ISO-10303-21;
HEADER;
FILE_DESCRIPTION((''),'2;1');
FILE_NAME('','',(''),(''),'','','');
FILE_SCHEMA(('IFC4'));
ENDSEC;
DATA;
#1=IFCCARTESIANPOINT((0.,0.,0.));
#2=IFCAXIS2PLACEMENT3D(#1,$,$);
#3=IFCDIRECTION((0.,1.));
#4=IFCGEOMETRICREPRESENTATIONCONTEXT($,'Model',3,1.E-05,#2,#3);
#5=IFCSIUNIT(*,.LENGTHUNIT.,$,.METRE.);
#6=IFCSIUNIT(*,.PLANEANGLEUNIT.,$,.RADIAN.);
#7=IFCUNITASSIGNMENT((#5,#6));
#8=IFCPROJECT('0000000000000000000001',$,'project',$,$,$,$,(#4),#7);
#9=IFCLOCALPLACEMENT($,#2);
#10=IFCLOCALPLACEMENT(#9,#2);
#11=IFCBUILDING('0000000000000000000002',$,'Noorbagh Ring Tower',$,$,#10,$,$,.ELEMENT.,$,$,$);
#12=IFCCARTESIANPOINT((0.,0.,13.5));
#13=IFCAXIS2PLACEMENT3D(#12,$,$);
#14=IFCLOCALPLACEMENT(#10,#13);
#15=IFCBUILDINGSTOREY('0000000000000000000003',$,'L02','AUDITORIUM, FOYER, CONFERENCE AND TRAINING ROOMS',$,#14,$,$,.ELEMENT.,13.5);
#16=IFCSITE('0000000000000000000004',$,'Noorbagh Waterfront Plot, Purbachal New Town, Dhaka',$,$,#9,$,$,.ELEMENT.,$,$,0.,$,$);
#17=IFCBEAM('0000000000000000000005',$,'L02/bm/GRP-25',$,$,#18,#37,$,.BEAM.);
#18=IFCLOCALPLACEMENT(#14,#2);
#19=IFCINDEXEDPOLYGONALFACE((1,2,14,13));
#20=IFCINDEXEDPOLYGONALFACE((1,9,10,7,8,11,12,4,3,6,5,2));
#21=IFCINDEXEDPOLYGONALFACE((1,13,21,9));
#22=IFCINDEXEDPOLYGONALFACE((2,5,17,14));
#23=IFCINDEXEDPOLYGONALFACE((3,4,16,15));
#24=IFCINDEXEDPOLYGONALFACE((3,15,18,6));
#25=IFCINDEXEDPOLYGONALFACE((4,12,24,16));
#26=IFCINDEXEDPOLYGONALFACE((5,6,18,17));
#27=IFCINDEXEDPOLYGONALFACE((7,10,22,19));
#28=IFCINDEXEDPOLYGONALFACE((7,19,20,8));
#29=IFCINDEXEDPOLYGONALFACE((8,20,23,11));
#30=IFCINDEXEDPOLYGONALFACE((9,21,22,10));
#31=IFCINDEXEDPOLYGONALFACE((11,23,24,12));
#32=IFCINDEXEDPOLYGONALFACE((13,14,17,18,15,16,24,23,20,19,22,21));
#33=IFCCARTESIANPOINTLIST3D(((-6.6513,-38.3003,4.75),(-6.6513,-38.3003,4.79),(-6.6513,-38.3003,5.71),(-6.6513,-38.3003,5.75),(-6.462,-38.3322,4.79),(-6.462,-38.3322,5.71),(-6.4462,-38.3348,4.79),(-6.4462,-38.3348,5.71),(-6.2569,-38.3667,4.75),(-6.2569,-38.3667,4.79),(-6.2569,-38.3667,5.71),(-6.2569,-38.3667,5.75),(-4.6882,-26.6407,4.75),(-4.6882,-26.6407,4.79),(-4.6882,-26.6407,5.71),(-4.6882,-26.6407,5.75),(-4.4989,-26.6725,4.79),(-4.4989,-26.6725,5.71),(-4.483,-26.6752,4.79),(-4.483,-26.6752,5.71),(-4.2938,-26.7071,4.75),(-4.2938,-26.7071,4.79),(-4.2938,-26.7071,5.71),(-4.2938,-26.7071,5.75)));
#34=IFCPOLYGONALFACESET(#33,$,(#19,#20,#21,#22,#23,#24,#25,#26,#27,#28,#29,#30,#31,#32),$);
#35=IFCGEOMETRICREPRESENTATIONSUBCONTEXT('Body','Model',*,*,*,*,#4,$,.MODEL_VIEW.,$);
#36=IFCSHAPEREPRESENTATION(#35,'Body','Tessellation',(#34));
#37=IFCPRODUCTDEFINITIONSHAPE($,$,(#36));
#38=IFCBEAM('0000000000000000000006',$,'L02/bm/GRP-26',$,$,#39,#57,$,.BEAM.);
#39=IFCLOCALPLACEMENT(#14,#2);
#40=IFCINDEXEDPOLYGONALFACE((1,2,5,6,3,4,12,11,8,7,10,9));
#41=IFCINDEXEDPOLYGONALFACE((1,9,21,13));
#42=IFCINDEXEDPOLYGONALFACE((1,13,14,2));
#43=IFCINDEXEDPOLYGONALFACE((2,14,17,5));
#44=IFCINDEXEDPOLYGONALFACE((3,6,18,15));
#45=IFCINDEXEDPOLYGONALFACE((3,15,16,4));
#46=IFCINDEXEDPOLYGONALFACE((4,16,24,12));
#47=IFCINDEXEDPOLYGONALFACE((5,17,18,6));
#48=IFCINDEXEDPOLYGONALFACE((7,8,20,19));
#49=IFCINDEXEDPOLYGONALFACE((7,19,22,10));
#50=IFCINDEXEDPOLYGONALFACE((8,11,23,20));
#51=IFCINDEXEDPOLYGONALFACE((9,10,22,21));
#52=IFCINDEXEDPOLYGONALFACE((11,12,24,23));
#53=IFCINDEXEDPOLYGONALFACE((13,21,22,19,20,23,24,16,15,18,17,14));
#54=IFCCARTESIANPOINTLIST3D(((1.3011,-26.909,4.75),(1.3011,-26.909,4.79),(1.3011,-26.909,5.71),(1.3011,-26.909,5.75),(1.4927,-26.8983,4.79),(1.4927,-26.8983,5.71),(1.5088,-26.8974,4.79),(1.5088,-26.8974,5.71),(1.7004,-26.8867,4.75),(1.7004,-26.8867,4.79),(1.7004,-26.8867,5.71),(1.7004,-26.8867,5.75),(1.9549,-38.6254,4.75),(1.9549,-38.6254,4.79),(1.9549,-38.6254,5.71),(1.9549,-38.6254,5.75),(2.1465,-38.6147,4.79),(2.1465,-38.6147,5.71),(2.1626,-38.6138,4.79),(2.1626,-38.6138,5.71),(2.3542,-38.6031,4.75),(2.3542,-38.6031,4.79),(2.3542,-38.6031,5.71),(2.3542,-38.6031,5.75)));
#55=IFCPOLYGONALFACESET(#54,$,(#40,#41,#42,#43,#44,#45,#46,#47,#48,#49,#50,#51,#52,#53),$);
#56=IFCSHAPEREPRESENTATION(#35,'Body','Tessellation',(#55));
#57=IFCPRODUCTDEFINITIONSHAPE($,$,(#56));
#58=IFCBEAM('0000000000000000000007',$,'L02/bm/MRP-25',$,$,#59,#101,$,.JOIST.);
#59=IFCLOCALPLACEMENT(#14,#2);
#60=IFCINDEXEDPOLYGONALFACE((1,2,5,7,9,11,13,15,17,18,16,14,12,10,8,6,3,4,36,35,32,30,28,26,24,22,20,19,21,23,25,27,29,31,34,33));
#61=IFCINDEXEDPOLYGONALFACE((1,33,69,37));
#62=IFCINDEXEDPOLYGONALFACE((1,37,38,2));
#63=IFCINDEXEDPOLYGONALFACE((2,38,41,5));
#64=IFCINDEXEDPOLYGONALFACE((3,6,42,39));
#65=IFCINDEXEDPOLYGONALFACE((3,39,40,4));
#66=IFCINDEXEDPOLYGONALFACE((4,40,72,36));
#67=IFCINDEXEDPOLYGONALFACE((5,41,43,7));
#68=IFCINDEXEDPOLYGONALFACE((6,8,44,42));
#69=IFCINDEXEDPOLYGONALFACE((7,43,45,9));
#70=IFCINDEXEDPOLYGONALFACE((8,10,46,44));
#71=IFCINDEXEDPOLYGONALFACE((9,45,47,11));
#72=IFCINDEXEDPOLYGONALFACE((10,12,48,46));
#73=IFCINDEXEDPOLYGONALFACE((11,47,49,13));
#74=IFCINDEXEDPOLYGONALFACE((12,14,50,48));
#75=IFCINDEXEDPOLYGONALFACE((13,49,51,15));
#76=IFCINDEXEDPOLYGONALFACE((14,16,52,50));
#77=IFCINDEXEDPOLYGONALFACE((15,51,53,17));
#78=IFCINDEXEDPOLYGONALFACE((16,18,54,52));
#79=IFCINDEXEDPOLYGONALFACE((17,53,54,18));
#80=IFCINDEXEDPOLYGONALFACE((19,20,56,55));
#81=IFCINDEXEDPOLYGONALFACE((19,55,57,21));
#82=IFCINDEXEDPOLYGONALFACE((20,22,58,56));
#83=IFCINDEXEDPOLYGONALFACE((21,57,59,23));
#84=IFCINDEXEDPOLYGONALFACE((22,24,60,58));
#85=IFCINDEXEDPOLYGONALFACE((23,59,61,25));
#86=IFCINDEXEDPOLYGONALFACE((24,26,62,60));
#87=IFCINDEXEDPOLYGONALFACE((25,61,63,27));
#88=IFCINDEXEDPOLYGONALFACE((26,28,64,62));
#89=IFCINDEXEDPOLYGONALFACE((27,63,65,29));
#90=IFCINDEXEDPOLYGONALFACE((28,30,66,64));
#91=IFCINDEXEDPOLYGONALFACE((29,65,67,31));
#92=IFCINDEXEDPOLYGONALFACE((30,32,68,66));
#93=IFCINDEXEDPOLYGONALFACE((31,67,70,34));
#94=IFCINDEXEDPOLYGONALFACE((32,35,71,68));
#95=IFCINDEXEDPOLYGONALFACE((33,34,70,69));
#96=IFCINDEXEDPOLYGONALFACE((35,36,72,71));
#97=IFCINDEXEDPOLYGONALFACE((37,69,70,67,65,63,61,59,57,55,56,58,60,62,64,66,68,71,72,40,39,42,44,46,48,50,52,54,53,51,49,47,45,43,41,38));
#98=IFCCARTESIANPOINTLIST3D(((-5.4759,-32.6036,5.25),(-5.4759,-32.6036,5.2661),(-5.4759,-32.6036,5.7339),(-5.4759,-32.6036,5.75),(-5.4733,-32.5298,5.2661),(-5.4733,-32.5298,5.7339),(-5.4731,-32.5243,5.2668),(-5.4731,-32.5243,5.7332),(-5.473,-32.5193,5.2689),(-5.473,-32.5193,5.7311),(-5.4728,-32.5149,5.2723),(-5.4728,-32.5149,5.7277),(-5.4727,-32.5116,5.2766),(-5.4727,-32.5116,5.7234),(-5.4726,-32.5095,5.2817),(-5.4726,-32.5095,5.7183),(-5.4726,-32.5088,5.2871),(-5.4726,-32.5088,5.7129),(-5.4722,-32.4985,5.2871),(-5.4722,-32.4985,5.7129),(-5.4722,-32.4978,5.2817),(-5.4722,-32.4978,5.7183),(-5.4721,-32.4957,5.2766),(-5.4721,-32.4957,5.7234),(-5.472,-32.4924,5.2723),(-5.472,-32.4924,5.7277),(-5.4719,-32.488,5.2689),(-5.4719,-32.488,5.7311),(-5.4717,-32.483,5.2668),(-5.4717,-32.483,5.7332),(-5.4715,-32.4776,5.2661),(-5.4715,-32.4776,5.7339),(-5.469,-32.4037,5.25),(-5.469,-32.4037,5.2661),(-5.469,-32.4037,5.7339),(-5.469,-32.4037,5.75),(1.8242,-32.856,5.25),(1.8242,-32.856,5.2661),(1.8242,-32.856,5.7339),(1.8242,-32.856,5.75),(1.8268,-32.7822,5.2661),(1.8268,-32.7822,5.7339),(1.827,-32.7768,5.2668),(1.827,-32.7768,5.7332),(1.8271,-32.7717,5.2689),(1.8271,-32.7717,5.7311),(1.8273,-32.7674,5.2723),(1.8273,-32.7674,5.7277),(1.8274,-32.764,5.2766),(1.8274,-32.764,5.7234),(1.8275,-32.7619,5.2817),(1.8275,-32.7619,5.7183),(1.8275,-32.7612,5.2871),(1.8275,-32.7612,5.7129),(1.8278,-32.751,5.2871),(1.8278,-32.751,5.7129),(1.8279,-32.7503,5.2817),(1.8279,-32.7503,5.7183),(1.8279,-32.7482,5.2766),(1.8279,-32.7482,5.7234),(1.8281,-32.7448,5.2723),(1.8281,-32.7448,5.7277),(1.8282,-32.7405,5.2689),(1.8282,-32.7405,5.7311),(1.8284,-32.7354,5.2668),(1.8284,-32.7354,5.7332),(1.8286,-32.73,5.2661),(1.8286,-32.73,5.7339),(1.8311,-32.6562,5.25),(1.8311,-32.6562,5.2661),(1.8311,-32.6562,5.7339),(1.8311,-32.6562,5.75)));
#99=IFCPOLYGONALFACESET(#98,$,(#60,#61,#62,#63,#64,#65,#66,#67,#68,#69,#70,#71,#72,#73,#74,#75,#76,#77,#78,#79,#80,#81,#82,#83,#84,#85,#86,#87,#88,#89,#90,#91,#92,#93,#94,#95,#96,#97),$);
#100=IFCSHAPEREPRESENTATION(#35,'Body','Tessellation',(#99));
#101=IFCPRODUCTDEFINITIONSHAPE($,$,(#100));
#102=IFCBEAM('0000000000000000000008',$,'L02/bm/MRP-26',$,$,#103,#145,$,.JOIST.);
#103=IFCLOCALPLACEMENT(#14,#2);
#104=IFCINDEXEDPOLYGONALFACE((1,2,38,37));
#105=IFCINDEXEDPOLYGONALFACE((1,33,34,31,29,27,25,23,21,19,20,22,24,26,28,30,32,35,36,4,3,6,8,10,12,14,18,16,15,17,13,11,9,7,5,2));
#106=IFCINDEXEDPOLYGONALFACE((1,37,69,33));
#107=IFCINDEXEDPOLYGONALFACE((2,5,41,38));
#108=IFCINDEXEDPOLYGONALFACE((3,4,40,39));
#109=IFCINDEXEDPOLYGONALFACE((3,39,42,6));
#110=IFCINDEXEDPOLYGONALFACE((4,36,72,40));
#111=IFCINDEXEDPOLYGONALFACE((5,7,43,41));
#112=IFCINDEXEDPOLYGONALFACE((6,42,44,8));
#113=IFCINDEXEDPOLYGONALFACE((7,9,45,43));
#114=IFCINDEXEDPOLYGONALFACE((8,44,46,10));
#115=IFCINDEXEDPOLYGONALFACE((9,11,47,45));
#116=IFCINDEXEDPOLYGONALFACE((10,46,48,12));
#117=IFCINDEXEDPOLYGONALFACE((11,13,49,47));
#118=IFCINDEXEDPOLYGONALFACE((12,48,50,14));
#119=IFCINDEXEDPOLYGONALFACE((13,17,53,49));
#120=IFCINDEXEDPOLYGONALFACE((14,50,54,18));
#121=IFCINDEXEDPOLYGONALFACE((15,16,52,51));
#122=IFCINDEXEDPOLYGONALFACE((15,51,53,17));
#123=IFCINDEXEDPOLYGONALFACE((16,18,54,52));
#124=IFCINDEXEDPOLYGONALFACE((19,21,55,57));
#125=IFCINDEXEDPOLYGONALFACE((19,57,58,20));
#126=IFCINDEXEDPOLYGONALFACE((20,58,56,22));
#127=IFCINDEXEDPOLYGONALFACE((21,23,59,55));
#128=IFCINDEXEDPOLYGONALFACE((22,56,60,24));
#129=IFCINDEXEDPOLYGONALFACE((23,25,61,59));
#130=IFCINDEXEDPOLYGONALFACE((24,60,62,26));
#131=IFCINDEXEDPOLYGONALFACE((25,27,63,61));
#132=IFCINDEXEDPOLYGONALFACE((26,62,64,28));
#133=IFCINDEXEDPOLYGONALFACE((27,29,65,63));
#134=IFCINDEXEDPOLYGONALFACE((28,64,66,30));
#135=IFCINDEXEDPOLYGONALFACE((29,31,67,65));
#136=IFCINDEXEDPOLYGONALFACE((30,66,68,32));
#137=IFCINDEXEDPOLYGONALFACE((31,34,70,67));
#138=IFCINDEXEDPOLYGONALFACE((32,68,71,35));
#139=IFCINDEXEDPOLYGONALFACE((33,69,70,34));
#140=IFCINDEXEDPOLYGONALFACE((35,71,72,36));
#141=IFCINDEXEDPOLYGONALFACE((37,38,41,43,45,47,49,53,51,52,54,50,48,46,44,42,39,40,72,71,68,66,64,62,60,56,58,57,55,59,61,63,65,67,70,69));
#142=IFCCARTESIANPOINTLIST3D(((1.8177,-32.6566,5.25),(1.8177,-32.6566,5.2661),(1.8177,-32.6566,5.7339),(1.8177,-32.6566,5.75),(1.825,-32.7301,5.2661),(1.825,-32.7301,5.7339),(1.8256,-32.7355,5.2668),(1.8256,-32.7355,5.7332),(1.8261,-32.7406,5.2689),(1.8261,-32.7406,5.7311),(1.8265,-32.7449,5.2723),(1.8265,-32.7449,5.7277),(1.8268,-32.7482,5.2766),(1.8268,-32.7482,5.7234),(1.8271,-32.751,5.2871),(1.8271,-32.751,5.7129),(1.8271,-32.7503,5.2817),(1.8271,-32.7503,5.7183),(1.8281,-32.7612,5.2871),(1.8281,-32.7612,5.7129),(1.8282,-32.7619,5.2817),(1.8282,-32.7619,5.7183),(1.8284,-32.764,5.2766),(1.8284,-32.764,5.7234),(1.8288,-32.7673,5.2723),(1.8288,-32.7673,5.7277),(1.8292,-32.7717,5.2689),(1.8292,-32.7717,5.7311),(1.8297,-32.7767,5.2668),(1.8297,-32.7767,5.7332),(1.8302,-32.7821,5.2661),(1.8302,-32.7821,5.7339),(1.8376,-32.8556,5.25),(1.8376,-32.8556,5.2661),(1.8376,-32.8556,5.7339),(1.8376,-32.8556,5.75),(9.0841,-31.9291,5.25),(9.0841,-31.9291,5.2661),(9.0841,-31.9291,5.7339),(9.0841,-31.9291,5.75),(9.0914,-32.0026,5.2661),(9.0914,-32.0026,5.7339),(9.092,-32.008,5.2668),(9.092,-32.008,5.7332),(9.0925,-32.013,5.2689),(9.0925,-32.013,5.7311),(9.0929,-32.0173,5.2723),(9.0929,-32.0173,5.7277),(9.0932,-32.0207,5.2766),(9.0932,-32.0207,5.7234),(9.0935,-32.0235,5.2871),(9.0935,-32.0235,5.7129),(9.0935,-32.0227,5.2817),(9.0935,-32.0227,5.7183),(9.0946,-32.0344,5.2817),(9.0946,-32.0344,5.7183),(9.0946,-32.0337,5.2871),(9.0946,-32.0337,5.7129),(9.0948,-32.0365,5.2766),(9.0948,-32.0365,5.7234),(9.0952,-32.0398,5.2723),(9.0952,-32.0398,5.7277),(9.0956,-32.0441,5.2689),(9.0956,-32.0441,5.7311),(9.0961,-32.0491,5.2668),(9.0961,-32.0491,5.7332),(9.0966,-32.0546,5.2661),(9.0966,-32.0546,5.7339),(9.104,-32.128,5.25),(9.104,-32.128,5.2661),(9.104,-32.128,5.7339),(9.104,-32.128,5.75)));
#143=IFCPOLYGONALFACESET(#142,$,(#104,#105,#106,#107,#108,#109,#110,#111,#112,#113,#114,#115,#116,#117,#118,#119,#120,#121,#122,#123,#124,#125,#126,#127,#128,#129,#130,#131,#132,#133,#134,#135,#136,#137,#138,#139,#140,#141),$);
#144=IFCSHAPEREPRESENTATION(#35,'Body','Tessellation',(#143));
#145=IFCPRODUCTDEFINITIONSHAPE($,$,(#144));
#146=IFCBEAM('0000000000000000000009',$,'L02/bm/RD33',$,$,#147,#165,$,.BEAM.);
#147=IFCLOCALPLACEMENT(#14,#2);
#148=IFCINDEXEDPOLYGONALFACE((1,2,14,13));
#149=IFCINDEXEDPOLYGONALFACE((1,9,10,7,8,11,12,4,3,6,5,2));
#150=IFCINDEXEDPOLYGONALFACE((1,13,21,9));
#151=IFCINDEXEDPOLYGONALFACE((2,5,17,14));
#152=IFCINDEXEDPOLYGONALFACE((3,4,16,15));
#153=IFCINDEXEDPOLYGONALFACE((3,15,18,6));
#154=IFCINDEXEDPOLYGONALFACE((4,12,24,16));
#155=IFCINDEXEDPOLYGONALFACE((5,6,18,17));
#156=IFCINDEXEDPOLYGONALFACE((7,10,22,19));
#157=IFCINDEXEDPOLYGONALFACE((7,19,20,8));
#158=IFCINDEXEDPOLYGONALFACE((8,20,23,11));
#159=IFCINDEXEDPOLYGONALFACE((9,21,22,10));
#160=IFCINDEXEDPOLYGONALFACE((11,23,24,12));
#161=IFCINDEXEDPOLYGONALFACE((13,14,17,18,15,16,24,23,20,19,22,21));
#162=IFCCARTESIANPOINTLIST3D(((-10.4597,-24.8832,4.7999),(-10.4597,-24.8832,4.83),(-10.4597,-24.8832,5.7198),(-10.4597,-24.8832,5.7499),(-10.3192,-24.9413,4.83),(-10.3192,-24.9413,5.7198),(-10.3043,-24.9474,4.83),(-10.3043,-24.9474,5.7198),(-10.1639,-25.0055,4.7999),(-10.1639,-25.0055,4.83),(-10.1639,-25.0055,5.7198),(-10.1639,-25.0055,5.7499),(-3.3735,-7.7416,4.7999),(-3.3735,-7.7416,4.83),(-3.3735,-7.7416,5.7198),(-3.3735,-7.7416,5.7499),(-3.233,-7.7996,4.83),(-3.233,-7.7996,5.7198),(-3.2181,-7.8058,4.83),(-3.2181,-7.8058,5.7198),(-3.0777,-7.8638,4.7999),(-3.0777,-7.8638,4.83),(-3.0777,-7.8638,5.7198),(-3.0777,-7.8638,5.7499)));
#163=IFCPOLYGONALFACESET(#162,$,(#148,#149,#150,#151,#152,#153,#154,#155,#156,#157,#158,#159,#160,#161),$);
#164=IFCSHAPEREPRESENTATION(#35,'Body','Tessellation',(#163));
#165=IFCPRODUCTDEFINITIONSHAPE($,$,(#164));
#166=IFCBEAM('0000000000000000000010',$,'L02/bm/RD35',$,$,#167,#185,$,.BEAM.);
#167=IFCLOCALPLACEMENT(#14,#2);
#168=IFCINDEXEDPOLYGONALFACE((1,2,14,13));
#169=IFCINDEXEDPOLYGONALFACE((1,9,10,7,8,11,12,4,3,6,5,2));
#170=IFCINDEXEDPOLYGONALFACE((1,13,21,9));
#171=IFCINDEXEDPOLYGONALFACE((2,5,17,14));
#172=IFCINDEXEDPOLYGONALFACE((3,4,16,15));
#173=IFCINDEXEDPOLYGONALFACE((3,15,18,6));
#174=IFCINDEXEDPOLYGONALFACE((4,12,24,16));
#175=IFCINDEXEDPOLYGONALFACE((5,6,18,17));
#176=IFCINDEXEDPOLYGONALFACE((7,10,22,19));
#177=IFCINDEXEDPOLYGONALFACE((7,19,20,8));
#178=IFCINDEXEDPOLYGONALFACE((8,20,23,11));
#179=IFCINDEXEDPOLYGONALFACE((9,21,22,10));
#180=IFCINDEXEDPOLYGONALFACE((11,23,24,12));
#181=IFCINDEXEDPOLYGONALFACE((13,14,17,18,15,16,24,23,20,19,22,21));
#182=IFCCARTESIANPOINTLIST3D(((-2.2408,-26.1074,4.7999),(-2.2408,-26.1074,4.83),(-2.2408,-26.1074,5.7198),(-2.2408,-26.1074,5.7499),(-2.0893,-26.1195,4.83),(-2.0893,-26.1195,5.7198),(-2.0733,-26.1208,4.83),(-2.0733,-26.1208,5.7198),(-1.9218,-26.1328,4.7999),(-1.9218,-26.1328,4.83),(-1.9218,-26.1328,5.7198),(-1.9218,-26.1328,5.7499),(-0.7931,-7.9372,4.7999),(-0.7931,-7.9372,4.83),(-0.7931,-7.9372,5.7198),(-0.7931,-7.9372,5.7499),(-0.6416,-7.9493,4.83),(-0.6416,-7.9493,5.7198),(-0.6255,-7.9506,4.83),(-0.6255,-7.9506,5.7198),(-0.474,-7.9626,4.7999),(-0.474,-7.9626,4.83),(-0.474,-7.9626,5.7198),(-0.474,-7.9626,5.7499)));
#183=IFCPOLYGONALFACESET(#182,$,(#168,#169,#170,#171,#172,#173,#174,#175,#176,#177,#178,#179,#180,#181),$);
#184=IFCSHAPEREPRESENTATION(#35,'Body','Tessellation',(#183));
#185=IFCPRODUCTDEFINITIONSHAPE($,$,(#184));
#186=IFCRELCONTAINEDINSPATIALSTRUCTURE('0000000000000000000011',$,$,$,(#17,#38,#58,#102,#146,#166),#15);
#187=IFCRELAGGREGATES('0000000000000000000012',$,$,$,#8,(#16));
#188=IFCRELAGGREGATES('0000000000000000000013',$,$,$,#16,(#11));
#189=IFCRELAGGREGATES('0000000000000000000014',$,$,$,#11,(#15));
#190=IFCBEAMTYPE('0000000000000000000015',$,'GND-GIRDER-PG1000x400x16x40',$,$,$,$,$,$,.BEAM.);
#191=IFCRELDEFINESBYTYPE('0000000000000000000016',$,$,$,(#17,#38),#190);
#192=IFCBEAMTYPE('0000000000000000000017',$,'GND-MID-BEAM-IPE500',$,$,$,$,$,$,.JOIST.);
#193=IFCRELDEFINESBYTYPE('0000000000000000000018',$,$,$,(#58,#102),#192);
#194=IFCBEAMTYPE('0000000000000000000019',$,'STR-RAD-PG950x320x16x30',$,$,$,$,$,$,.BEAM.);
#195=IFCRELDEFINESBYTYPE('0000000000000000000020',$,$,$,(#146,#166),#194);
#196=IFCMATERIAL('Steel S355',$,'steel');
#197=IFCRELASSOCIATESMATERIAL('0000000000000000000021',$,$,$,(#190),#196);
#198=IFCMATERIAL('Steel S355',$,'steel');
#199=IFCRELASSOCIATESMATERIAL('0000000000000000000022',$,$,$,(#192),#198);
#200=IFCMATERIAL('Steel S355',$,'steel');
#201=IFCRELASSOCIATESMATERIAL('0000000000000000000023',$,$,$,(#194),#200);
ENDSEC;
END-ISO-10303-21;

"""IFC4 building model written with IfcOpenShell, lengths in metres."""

from ifc_helpers import new_model, si_unit, direction, frame, origin, origin_2d, place, context, subcontext, project, spatial, i_section, extrude, material, material_profile, profile_set, type_object, element, save


model = new_model("IFC4")

# Units and contexts
model_context = context("Model", 3, precision=1e-05, world=origin(), true_north=direction((0.0, 1.0)))
body_context = subcontext(model_context, "Body", "Model", "MODEL_VIEW")
ifc_project = project(units=[si_unit("LENGTHUNIT", "METRE"), si_unit("PLANEANGLEUNIT", "RADIAN")], contexts=[model_context])

# Site, building, storey
site_placement = place(None, origin())
site = spatial("IfcSite", under=ifc_project, at=site_placement, Name="Noorbagh Waterfront Plot, Purbachal New Town, Dhaka", CompositionType="ELEMENT", RefElevation=0.0)
building_placement = place(site_placement, origin())
building = spatial("IfcBuilding", under=site, at=building_placement, Name="Noorbagh Ring Tower", CompositionType="ELEMENT")
storey_placement = place(building_placement, frame((0.0, 0.0, 13.5)))
storey = spatial("IfcBuildingStorey", under=building, at=storey_placement, Name="L02", Description="AUDITORIUM, FOYER, CONFERENCE AND TRAINING ROOMS", CompositionType="ELEMENT", Elevation=13.5)

# Beams
ifc_material_1 = material(Name="Steel S355", Category="steel")
ifc_material_profile_1 = material_profile(ifc_material_1, i_section(OverallWidth=0.3999, OverallDepth=1.0, WebThickness=0.0161, FlangeThickness=0.04, at=origin_2d()), Name="PG1000x400x16x40")
ifc_profile_set_1 = profile_set([ifc_material_profile_1], Name="Steel S355")
beam_type_1 = type_object("IfcBeamType", Name="GND-GIRDER-PG1000x400x16x40", PredefinedType="BEAM", material=ifc_profile_set_1)
beam_1_placement = place(storey_placement, frame((-6.4541, -38.3335, 5.25), z_axis=(0.166033, 0.98612, 0.0), x_axis=(-0.98612, 0.166033, 0.0)))
element("IfcBeam", 1, at=beam_1_placement, inside=storey, type_object=beam_type_1, Name="L02/bm/GRP-25", PredefinedType="BEAM", context=body_context, shape_type="SweptSolid", body=[
    extrude(i_section(OverallWidth=0.3999, OverallDepth=1.0, WebThickness=0.0161, FlangeThickness=0.04, at=origin_2d()), origin(), (0.0, 0.0, 1.0), 11.8237),
])
beam_2_placement = place(storey_placement, frame((2.1545, -38.6143, 5.25), z_axis=(-0.055717, 0.998447, 0.0), x_axis=(-0.998447, -0.055717, 0.0)))
element("IfcBeam", 2, at=beam_2_placement, inside=storey, type_object=beam_type_1, Name="L02/bm/GRP-26", PredefinedType="BEAM", context=body_context, shape_type="SweptSolid", body=[
    extrude(i_section(OverallWidth=0.3999, OverallDepth=1.0, WebThickness=0.0161, FlangeThickness=0.04, at=origin_2d()), origin(), (0.0, 0.0, 1.0), 11.7346),
])
ifc_material_2 = material(Name="Steel S355", Category="steel")
ifc_material_profile_2 = material_profile(ifc_material_2, i_section(OverallWidth=0.2, OverallDepth=0.5, WebThickness=0.0103, FlangeThickness=0.0161, FilletRadius=0.021, at=origin_2d()), Name="IPE500")
ifc_profile_set_2 = profile_set([ifc_material_profile_2], Name="Steel S355")
beam_type_2 = type_object("IfcBeamType", Name="GND-MID-BEAM-IPE500", PredefinedType="JOIST", material=ifc_profile_set_2)
beam_3_placement = place(storey_placement, frame((-5.4724, -32.5037, 5.5), z_axis=(0.999403, -0.03456, 0.0), x_axis=(0.03456, 0.999403, 0.0)))
element("IfcBeam", 3, at=beam_3_placement, inside=storey, type_object=beam_type_2, Name="L02/bm/MRP-25", PredefinedType="JOIST", context=body_context, shape_type="SweptSolid", body=[
    extrude(i_section(OverallWidth=0.2, OverallDepth=0.5, WebThickness=0.0103, FlangeThickness=0.0161, FilletRadius=0.021, at=origin_2d()), origin(), (0.0, 0.0, 1.0), 7.3044),
])
beam_4_placement = place(storey_placement, frame((1.8276, -32.7561, 5.5), z_axis=(0.995025, 0.099626, 0.0), x_axis=(-0.099626, 0.995025, 0.0)))
element("IfcBeam", 4, at=beam_4_placement, inside=storey, type_object=beam_type_2, Name="L02/bm/MRP-26", PredefinedType="JOIST", context=body_context, shape_type="SweptSolid", body=[
    extrude(i_section(OverallWidth=0.2, OverallDepth=0.5, WebThickness=0.0103, FlangeThickness=0.0161, FilletRadius=0.021, at=origin_2d()), origin(), (0.0, 0.0, 1.0), 7.3027),
])
ifc_material_3 = material(Name="Steel S355", Category="steel")
ifc_material_profile_3 = material_profile(ifc_material_3, i_section(OverallWidth=0.3201, OverallDepth=0.95, WebThickness=0.0161, FlangeThickness=0.03, at=origin_2d()), Name="PG950x320x16x30")
ifc_profile_set_3 = profile_set([ifc_material_profile_3], Name="Steel S355")
beam_type_3 = type_object("IfcBeamType", Name="STR-RAD-PG950x320x16x30", PredefinedType="BEAM", material=ifc_profile_set_3)
beam_5_placement = place(storey_placement, frame((-10.3118, -24.9443, 5.2749), z_axis=(0.382034, 0.924148, 0.0), x_axis=(-0.924148, 0.382034, 0.0)))
element("IfcBeam", 5, at=beam_5_placement, inside=storey, type_object=beam_type_3, Name="L02/bm/RD33", PredefinedType="BEAM", context=body_context, shape_type="SweptSolid", body=[
    extrude(i_section(OverallWidth=0.3201, OverallDepth=0.95, WebThickness=0.0161, FlangeThickness=0.03, at=origin_2d()), origin(), (0.0, 0.0, 1.0), 18.5486),
])
beam_6_placement = place(storey_placement, frame((-2.0813, -26.1201, 5.2749), z_axis=(0.079426, 0.996841, 0.0), x_axis=(-0.996841, 0.079426, 0.0)))
element("IfcBeam", 6, at=beam_6_placement, inside=storey, type_object=beam_type_3, Name="L02/bm/RD35", PredefinedType="BEAM", context=body_context, shape_type="SweptSolid", body=[
    extrude(i_section(OverallWidth=0.3201, OverallDepth=0.95, WebThickness=0.0161, FlangeThickness=0.03, at=origin_2d()), origin(), (0.0, 0.0, 1.0), 18.2278),
])

save(model, "model.ifc")
